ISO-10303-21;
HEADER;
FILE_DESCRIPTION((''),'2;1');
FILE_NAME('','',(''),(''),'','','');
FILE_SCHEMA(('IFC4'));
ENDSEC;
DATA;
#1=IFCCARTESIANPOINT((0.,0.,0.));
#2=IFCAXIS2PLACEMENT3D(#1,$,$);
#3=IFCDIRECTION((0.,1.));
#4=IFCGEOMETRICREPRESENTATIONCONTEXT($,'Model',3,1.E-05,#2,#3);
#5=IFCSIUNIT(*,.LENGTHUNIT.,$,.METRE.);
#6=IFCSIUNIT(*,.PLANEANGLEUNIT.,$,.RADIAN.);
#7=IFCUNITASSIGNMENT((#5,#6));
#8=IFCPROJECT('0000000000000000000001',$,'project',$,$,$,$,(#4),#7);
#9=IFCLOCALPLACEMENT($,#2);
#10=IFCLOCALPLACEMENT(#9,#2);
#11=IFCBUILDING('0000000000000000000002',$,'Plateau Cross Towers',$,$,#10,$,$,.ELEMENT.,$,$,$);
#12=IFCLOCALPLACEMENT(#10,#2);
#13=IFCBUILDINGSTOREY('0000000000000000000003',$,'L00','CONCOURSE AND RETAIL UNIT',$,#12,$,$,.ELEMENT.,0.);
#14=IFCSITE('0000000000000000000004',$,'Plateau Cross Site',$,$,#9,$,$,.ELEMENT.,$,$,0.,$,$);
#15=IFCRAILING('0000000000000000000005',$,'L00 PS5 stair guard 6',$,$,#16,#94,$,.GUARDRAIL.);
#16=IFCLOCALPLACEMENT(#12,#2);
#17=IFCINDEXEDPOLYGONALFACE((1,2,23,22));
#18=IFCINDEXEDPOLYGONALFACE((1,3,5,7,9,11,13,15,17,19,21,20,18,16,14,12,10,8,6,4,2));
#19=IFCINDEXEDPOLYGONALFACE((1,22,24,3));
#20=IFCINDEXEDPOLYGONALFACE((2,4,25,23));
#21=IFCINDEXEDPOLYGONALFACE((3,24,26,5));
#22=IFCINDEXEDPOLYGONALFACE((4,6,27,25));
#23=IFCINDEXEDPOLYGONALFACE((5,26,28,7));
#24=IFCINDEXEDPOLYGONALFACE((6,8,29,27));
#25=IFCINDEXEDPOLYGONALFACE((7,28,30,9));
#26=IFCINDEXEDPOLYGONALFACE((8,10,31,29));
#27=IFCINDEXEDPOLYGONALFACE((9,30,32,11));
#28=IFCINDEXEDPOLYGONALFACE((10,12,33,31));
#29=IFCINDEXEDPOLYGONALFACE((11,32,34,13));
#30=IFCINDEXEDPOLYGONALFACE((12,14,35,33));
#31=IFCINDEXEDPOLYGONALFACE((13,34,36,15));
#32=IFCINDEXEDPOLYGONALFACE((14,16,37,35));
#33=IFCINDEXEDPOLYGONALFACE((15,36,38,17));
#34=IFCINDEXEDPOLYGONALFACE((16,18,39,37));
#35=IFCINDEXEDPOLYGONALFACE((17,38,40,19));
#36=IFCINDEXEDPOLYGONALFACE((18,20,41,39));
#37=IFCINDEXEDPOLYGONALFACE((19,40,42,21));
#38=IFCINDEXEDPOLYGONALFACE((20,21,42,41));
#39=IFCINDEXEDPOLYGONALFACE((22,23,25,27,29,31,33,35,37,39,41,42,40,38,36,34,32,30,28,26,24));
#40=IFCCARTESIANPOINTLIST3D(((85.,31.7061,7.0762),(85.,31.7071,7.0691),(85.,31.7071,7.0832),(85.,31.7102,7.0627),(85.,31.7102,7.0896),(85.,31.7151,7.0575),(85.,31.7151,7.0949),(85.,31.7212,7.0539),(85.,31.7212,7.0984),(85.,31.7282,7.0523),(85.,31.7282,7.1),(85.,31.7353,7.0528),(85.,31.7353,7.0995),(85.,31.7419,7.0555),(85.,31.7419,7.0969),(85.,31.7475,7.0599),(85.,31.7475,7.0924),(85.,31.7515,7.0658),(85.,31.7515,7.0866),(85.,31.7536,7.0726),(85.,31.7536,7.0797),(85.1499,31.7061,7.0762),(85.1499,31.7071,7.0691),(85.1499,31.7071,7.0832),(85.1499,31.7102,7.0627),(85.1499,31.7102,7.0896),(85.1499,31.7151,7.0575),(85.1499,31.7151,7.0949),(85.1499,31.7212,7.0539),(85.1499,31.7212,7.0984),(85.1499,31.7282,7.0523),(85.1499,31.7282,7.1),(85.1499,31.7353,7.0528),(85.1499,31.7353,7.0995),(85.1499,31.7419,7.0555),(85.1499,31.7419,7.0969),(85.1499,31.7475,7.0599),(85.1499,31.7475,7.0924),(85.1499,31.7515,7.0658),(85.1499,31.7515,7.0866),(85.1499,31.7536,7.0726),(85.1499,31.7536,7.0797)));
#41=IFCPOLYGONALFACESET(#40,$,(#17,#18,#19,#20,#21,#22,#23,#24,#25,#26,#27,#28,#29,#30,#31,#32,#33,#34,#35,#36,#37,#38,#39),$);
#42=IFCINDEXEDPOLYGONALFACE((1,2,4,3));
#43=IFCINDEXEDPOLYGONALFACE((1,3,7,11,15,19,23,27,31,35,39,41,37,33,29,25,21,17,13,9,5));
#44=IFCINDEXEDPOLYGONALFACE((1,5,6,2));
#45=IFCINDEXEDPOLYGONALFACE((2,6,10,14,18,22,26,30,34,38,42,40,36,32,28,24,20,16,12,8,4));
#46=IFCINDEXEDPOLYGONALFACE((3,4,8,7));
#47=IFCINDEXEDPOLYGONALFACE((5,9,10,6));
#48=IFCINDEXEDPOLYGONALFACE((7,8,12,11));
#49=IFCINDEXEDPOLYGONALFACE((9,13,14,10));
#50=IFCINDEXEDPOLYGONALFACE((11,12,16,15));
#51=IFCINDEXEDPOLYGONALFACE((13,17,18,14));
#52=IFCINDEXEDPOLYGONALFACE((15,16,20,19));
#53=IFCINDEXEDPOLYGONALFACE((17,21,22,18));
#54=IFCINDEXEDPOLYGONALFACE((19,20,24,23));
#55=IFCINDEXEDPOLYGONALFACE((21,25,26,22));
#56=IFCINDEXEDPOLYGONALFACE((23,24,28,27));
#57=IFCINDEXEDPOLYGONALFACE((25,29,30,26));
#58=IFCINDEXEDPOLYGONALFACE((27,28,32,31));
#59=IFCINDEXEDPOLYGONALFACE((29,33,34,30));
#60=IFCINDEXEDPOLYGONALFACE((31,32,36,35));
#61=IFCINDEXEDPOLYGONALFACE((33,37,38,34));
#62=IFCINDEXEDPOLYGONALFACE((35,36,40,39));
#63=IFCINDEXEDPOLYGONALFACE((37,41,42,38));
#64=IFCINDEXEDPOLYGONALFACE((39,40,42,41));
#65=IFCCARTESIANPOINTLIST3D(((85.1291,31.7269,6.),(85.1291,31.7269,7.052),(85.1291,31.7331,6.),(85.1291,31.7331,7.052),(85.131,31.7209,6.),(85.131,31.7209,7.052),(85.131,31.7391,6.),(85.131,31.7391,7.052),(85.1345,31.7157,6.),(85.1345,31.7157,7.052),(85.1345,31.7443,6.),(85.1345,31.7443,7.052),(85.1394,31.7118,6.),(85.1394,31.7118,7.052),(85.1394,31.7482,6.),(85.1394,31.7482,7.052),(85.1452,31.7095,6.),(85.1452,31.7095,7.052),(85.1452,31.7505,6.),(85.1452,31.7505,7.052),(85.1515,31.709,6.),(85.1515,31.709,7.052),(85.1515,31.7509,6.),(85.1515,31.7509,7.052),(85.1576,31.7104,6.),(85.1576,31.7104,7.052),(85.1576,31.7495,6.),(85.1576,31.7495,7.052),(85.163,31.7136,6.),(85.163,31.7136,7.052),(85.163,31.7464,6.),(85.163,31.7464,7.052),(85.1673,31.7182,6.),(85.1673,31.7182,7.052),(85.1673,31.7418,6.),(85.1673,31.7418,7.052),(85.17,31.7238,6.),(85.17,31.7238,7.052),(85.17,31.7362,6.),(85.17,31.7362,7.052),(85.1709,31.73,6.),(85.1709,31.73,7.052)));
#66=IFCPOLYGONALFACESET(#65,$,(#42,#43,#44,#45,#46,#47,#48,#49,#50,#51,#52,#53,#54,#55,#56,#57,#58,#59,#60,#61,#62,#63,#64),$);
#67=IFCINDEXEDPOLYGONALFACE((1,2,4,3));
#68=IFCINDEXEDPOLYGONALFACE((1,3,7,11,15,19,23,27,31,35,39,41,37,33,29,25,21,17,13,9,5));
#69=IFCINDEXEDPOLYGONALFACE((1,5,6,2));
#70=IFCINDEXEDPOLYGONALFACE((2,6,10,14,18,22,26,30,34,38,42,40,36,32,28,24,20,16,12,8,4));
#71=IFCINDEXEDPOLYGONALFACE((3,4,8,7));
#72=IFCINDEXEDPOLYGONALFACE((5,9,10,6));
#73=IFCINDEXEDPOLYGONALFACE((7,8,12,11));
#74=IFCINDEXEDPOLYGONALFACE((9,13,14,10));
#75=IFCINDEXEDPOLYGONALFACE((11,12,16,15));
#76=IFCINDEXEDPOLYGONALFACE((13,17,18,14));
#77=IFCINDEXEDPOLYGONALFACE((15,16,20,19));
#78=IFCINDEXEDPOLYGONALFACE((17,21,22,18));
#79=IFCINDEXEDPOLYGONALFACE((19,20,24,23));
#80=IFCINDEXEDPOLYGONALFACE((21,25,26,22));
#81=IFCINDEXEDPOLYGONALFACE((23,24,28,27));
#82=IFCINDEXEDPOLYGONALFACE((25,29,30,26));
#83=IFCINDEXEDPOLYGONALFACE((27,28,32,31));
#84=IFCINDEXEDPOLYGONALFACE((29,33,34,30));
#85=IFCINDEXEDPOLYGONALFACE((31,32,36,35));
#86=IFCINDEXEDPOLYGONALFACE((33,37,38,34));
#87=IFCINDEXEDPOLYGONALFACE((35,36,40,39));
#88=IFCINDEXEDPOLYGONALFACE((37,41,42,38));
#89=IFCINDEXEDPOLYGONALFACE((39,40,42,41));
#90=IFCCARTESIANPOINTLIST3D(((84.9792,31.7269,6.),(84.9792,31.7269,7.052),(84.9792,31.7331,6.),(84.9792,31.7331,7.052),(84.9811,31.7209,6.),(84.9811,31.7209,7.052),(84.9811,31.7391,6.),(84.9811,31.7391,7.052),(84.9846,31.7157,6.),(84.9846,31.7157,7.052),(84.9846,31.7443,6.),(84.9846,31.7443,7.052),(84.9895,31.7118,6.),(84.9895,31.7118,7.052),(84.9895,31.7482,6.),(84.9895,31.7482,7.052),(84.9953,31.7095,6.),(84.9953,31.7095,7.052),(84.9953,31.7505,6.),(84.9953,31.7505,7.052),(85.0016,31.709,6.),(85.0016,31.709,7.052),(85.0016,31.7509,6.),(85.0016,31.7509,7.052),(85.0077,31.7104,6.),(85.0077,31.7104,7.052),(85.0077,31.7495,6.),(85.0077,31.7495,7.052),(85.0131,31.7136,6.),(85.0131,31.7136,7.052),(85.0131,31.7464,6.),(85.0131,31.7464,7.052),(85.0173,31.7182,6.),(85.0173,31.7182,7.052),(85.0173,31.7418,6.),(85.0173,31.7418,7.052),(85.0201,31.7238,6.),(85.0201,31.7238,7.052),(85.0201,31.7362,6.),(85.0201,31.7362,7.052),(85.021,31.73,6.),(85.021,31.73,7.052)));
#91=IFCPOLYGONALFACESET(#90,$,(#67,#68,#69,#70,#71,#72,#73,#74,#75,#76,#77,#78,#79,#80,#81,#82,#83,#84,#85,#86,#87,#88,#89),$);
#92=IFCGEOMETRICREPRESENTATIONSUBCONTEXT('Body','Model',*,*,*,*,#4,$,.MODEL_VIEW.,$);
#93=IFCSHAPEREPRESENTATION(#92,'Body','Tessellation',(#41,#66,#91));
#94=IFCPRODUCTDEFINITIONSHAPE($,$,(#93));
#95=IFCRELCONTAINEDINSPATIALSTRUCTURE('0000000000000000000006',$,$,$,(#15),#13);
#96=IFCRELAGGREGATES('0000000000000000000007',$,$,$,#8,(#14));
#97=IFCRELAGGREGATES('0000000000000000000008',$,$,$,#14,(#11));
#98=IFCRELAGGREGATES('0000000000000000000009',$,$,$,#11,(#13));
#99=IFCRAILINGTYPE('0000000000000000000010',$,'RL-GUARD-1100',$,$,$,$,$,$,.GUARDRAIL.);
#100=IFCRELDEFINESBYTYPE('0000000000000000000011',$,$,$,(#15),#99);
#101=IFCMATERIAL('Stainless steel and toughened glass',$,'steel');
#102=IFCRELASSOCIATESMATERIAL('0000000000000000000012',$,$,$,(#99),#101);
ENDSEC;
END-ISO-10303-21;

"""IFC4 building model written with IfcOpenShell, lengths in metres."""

from ifc_helpers import new_model, si_unit, direction, frame, origin, origin_2d, place, context, subcontext, project, spatial, circle, extrude, material, type_object, element, save


model = new_model("IFC4")

# Units and contexts
model_context = context("Model", 3, precision=1e-05, world=origin(), true_north=direction((0.0, 1.0)))
body_context = subcontext(model_context, "Body", "Model", "MODEL_VIEW")
ifc_project = project(units=[si_unit("LENGTHUNIT", "METRE"), si_unit("PLANEANGLEUNIT", "RADIAN")], contexts=[model_context])

# Site, building, storey
site_placement = place(None, origin())
site = spatial("IfcSite", under=ifc_project, at=site_placement, Name="Plateau Cross Site", CompositionType="ELEMENT", RefElevation=0.0)
building_placement = place(site_placement, origin())
building = spatial("IfcBuilding", under=site, at=building_placement, Name="Plateau Cross Towers", CompositionType="ELEMENT")
storey_placement = place(building_placement, origin())
storey = spatial("IfcBuildingStorey", under=building, at=storey_placement, Name="L00", Description="CONCOURSE AND RETAIL UNIT", CompositionType="ELEMENT", Elevation=0.0)

# Railing
ifc_material_1 = material(Name="Stainless steel and toughened glass", Category="steel")
railing_type_1 = type_object("IfcRailingType", Name="RL-GUARD-1100", PredefinedType="GUARDRAIL", material=ifc_material_1)
railing_1_placement = place(storey_placement, frame((85.1499, 31.73, 6.0)))
element("IfcRailing", 1, at=railing_1_placement, inside=storey, type_object=railing_type_1, Name="L00 PS5 stair guard 6", PredefinedType="GUARDRAIL", context=body_context, shape_type="SweptSolid", body=[
    extrude(circle(Radius=0.0239, at=origin_2d()), frame((0.0, 0.0, 1.0762), z_axis=(-1.0, 0.0, 0.0), x_axis=(0.0, -1.0, 0.0)), (0.0, 0.0, 1.0), 0.1499),
    extrude(circle(Radius=0.021, at=origin_2d()), origin(), (0.0, 0.0, 1.0), 1.052),
    extrude(circle(Radius=0.021, at=origin_2d()), frame((-0.1499, 0.0, 0.0)), (0.0, 0.0, 1.0), 1.052),
])

save(model, "model.ifc")
